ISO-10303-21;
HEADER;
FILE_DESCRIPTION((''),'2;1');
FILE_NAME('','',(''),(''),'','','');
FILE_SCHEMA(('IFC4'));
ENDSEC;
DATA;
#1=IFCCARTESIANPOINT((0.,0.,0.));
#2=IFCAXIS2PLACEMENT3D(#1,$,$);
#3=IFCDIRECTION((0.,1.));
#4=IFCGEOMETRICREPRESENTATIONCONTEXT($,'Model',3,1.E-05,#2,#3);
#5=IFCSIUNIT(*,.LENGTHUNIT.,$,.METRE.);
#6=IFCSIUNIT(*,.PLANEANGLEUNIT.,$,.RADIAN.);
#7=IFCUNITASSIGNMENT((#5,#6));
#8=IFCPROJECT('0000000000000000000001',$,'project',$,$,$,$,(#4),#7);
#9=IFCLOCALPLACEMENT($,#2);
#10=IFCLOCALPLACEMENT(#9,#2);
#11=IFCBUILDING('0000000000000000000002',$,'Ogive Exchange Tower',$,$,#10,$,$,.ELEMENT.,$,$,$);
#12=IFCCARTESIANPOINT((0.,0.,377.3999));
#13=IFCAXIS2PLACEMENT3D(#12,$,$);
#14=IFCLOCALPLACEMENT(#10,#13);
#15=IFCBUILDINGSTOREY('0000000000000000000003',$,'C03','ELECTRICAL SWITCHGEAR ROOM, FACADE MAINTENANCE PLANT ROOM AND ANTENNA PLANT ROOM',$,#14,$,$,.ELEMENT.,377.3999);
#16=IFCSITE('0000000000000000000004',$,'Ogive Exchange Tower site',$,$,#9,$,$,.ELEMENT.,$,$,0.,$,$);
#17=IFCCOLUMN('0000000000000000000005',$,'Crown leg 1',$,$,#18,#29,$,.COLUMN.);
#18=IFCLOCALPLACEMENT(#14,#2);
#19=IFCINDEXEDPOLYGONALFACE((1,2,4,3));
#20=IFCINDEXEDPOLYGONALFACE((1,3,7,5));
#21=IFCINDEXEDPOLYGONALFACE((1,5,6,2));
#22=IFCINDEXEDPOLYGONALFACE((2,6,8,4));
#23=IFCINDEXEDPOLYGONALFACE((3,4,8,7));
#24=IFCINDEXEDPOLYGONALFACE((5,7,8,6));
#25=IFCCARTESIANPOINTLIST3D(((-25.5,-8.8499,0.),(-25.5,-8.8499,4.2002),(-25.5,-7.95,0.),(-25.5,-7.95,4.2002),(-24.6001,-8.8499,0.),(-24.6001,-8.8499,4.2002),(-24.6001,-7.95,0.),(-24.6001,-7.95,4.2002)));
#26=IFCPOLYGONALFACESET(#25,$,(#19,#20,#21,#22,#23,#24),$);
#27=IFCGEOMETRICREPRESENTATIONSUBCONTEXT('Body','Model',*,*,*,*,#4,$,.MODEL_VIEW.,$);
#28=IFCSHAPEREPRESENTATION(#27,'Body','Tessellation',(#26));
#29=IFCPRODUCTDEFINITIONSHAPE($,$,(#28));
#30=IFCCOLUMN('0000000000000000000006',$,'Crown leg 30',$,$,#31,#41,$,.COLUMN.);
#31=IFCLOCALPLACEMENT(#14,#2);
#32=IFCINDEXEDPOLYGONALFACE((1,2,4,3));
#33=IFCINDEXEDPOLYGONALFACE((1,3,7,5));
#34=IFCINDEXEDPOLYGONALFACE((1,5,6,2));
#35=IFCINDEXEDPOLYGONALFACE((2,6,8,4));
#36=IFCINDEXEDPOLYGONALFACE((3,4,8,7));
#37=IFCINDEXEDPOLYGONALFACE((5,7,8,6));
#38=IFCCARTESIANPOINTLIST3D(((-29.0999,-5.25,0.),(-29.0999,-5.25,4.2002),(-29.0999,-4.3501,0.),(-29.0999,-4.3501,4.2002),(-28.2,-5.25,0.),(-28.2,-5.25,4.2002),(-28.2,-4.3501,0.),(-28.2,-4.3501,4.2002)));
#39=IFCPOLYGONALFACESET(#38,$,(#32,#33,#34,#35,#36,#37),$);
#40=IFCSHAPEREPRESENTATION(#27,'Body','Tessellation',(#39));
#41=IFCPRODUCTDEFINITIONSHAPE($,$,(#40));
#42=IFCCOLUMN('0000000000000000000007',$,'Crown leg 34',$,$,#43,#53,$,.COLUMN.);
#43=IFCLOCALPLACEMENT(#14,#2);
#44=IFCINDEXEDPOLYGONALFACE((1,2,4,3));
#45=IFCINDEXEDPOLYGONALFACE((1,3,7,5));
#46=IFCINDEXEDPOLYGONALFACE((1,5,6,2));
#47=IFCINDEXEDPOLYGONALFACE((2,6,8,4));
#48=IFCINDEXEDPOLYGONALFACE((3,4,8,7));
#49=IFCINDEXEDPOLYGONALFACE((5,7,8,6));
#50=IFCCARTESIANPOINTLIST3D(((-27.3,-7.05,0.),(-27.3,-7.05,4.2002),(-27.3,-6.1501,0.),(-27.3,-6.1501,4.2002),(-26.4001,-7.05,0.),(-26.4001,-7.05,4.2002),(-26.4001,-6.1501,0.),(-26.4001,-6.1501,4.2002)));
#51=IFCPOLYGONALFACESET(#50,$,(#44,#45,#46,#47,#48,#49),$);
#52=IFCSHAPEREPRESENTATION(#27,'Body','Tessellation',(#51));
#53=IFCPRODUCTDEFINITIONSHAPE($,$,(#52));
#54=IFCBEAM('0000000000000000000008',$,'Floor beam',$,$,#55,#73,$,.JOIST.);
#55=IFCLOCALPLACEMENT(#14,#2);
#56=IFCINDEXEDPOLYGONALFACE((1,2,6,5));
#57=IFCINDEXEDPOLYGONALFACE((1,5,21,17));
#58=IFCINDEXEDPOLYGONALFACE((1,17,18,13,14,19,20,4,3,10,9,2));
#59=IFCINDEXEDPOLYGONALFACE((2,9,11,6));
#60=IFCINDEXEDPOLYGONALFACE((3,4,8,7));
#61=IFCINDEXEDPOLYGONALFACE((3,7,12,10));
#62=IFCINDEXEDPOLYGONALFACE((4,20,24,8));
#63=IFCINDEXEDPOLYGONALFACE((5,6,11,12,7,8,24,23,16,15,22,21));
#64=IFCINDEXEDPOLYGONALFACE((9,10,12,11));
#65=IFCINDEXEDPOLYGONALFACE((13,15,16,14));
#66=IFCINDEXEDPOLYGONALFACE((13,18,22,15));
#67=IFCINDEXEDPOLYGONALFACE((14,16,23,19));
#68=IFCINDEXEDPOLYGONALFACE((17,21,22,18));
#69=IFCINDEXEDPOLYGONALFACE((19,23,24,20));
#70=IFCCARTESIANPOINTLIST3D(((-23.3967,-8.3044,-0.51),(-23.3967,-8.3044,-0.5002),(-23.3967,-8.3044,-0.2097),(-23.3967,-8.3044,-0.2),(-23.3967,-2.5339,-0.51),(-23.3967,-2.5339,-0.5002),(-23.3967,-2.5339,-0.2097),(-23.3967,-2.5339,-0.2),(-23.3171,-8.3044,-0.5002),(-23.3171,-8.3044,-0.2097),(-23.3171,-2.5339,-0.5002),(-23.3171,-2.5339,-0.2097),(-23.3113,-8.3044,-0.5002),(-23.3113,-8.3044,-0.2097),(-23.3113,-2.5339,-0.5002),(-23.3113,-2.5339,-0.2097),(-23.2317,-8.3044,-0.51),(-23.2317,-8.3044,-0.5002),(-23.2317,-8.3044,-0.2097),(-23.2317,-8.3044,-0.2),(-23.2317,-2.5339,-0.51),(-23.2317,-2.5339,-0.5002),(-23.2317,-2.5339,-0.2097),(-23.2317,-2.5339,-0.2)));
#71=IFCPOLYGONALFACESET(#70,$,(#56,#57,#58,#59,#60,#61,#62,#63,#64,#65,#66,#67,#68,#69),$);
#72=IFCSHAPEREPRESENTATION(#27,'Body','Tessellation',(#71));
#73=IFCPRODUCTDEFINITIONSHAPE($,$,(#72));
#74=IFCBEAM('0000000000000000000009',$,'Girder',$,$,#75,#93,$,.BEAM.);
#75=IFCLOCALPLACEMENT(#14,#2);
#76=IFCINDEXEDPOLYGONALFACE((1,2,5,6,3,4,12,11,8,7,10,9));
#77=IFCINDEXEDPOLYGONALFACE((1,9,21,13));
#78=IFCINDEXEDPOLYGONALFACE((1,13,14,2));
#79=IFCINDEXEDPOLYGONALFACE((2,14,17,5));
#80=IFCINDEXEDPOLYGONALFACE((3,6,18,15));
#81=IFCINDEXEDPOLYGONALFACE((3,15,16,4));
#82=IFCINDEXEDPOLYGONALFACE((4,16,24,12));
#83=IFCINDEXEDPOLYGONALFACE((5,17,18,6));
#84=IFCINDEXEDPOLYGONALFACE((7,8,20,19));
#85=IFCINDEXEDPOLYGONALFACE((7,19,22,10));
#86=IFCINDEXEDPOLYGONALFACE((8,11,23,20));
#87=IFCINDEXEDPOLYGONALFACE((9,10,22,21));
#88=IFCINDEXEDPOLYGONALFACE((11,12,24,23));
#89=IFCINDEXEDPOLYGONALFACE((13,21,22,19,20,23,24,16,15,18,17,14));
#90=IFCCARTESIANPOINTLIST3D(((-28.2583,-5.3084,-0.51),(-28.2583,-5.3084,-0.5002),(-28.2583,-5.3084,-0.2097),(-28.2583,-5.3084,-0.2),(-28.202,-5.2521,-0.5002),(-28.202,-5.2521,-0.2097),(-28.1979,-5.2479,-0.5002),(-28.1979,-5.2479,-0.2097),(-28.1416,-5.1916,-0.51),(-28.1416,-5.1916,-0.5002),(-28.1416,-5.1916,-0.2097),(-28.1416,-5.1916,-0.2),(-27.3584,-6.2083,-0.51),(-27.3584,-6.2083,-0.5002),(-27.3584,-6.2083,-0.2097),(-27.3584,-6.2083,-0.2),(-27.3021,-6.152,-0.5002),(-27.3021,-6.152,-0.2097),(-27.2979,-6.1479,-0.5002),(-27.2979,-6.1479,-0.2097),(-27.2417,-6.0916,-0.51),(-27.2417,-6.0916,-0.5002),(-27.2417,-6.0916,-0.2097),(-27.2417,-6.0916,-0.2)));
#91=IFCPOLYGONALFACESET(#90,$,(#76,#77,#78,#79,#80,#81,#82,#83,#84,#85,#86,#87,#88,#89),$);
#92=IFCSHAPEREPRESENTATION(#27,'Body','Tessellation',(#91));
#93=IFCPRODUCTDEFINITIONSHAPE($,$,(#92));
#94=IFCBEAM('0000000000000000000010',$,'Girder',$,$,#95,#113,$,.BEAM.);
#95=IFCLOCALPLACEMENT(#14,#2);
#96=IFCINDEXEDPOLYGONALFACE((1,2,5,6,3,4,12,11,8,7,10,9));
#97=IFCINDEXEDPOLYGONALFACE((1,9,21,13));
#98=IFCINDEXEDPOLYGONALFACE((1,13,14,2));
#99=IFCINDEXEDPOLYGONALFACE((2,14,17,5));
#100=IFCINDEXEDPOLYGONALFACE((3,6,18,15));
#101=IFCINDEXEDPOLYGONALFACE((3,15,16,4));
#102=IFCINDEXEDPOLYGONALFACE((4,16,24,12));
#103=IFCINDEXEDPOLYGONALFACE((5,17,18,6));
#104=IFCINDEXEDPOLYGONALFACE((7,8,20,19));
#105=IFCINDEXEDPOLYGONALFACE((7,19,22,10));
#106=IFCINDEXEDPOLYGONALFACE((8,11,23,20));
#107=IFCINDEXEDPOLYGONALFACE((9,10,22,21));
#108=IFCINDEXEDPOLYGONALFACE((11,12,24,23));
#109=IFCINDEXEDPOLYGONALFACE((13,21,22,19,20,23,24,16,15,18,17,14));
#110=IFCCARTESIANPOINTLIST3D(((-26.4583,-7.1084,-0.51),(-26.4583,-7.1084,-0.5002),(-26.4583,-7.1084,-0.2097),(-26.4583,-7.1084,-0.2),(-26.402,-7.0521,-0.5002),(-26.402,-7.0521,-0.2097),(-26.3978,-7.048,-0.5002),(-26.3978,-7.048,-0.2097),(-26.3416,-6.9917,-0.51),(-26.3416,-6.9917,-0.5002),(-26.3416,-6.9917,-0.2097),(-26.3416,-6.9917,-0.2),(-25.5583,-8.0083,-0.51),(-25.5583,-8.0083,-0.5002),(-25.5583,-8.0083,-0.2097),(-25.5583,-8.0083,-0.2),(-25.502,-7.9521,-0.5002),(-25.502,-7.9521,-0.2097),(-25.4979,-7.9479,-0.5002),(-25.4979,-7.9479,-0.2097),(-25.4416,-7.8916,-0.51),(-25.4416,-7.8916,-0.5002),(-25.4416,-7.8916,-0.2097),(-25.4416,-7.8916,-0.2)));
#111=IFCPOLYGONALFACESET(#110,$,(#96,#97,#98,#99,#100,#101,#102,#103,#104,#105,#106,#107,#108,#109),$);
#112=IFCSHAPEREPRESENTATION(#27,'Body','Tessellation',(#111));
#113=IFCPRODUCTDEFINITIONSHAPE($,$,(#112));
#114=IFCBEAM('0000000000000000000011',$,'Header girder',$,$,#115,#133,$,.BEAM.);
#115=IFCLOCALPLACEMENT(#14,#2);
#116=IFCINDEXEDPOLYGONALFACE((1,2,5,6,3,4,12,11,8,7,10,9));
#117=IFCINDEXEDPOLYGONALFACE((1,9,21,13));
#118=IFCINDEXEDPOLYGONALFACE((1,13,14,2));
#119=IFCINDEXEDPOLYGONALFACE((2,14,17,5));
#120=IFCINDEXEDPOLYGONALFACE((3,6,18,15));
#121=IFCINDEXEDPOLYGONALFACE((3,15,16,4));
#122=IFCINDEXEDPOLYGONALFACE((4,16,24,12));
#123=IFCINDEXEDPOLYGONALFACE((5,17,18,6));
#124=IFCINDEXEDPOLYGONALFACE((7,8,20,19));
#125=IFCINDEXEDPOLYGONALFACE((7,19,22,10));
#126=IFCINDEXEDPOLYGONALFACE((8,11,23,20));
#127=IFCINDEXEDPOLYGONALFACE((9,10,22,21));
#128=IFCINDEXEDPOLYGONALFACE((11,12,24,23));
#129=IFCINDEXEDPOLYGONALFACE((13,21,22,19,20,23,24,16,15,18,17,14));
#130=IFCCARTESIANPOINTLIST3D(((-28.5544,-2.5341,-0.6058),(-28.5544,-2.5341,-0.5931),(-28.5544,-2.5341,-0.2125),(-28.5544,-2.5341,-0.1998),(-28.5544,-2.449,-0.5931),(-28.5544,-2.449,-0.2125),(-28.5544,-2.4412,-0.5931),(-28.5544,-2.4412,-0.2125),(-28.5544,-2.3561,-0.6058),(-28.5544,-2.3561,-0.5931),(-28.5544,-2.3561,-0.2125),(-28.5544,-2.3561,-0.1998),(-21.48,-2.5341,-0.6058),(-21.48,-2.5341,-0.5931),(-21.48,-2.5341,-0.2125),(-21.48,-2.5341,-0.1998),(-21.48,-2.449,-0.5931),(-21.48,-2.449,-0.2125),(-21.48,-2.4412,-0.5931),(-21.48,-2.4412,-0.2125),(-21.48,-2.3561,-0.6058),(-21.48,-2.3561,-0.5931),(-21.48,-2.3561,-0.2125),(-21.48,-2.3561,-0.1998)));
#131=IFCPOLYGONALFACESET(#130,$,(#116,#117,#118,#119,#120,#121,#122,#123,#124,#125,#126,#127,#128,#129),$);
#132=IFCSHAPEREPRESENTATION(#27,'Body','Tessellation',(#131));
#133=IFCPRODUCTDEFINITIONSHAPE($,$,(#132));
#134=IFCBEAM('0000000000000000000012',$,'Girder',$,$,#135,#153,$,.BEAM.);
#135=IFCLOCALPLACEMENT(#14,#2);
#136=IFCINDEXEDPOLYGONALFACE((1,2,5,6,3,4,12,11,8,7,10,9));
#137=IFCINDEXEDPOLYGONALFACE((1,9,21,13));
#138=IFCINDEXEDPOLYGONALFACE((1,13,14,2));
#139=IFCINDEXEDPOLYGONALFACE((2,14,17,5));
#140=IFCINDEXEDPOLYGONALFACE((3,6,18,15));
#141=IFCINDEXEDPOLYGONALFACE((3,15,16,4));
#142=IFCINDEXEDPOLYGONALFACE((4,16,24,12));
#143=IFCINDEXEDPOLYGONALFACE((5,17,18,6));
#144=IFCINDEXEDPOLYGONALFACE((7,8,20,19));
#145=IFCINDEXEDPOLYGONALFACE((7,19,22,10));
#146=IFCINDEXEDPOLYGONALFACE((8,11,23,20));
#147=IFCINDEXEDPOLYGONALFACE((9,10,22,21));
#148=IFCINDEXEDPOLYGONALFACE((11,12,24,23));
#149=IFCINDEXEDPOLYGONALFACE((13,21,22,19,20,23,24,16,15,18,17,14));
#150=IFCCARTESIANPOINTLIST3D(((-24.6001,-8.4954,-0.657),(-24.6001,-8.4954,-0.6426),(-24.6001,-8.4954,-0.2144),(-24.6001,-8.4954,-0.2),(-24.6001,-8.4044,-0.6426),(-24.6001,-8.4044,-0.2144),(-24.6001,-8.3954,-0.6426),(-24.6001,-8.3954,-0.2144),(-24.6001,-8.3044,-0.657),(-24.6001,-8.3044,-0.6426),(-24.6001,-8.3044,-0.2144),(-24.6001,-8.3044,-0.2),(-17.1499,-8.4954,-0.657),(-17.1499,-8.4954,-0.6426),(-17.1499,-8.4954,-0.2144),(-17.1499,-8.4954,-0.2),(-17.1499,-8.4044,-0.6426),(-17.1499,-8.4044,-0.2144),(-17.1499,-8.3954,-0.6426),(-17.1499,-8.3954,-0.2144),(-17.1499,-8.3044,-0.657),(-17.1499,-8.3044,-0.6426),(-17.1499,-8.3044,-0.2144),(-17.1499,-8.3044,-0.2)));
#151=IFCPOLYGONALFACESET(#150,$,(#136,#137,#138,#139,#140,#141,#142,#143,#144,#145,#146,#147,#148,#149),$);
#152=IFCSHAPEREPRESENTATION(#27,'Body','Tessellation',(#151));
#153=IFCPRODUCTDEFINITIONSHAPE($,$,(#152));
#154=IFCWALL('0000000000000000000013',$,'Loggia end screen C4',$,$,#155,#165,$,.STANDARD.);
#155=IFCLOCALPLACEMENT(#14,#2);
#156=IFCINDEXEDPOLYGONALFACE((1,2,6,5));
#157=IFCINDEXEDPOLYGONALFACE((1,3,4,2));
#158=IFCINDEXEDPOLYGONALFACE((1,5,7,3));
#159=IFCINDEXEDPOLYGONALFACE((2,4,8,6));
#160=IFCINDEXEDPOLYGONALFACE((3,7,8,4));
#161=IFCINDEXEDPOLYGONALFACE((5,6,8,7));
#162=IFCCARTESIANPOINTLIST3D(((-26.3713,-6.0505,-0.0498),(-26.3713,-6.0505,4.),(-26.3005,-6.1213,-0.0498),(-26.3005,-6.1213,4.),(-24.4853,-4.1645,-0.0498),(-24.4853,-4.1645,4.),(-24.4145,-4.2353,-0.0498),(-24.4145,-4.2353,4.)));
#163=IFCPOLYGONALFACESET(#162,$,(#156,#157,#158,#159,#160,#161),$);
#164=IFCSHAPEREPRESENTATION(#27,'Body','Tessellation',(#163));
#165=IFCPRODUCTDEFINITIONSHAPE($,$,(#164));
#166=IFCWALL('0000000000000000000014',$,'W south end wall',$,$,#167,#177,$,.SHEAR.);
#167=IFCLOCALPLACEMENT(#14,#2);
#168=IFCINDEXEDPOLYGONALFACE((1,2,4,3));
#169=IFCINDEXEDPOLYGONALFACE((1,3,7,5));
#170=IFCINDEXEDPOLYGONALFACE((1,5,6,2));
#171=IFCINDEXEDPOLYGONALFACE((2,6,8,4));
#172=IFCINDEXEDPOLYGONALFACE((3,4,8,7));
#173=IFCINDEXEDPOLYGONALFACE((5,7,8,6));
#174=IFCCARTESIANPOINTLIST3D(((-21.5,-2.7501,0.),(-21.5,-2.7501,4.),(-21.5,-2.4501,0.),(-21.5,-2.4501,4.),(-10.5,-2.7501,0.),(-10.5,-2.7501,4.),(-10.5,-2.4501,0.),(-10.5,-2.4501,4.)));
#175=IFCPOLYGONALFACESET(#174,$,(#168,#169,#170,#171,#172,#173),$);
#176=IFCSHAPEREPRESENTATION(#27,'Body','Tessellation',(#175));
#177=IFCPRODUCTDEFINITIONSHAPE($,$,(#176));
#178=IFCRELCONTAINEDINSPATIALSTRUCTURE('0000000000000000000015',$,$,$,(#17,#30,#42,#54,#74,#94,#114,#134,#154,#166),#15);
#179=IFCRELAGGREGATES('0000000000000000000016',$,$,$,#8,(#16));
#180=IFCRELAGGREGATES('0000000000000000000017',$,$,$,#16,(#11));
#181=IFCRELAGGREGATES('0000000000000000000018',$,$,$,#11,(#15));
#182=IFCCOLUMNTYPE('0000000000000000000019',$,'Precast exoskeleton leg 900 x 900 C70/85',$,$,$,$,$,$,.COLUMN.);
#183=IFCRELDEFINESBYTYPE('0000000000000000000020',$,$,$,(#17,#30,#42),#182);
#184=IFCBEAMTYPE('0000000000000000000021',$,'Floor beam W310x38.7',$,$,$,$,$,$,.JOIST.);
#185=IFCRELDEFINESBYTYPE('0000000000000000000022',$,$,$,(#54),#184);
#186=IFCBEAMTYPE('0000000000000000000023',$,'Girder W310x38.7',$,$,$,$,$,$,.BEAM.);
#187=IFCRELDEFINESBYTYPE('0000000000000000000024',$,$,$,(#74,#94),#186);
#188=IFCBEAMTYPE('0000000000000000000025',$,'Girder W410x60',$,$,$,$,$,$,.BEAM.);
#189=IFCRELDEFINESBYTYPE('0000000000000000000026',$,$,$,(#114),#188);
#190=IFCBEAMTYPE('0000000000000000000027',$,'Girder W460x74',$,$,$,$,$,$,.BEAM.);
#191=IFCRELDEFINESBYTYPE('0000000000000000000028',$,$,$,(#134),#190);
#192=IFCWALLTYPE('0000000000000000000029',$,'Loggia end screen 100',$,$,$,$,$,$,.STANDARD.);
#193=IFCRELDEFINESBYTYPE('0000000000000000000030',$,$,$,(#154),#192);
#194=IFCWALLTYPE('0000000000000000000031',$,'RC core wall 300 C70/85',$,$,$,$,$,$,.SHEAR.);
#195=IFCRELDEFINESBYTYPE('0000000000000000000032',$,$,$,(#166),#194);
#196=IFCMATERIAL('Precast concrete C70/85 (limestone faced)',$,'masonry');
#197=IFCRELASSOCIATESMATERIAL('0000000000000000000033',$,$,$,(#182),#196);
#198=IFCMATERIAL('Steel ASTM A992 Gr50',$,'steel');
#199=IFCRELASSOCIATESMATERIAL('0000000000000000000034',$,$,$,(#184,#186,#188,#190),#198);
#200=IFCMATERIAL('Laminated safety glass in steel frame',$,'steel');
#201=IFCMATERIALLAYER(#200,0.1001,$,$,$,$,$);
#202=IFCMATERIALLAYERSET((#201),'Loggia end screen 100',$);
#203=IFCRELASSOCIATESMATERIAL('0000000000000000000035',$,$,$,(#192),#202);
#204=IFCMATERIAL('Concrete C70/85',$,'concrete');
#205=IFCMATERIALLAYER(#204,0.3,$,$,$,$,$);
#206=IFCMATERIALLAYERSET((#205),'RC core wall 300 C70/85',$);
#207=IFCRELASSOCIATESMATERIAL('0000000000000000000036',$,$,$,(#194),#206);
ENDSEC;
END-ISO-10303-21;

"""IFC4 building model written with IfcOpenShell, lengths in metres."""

from ifc_helpers import new_model, si_unit, direction, frame, frame_2d, origin, origin_2d, place, context, subcontext, project, spatial, rectangle, i_section, extrude, material, layer, layer_set, material_profile, profile_set, type_object, element, save


model = new_model("IFC4")

# Units and contexts
model_context = context("Model", 3, precision=1e-05, world=origin(), true_north=direction((0.0, 1.0)))
body_context = subcontext(model_context, "Body", "Model", "MODEL_VIEW")
ifc_project = project(units=[si_unit("LENGTHUNIT", "METRE"), si_unit("PLANEANGLEUNIT", "RADIAN")], contexts=[model_context])

# Site, building, storey
site_placement = place(None, origin())
site = spatial("IfcSite", under=ifc_project, at=site_placement, Name="Ogive Exchange Tower site", CompositionType="ELEMENT", RefElevation=0.0)
building_placement = place(site_placement, origin())
building = spatial("IfcBuilding", under=site, at=building_placement, Name="Ogive Exchange Tower", CompositionType="ELEMENT")
storey_placement = place(building_placement, frame((0.0, 0.0, 377.3999)))
storey = spatial("IfcBuildingStorey", under=building, at=storey_placement, Name="C03", Description="ELECTRICAL SWITCHGEAR ROOM, FACADE MAINTENANCE PLANT ROOM AND ANTENNA PLANT ROOM", CompositionType="ELEMENT", Elevation=377.3999)

# Columns
ifc_material_1 = material(Name="Precast concrete C70/85 (limestone faced)", Category="masonry")
ifc_material_profile_1 = material_profile(ifc_material_1, rectangle(XDim=0.8999, YDim=0.8999, at=origin_2d()), Name="900 x 900")
ifc_profile_set_1 = profile_set([ifc_material_profile_1], Name="Precast concrete C70/85 (limestone faced)")
column_type = type_object("IfcColumnType", Name="Precast exoskeleton leg 900 x 900 C70/85", PredefinedType="COLUMN", material=ifc_profile_set_1)
for number, where, z_axis, x_axis, name in (
    (1, (-25.05, -8.3999, 0.0), (0.0, 0.0, 1.0), (1.0, 0.0, 0.0), "Crown leg 1"),
    (2, (-28.6499, -4.8, 0.0), (0.0, 0.0, 1.0), (1.0, 0.0, 0.0), "Crown leg 30"),
    (3, (-26.8501, -6.6001, 0.0), (0.0, 0.0, 1.0), (1.0, 0.0, 0.0), "Crown leg 34"),
):
    element("IfcColumn", number, at=place(storey_placement, frame(where, z_axis=z_axis, x_axis=x_axis)), inside=storey, type_object=column_type, Name=name, PredefinedType="COLUMN", context=body_context, shape_type="SweptSolid", body=[
        extrude(rectangle(XDim=0.8999, YDim=0.8999, at=origin_2d()), origin(), (0.0, 0.0, 1.0), 4.2002),
    ])

# Beams
ifc_material_2 = material(Name="Steel ASTM A992 Gr50", Category="steel")
ifc_material_profile_2 = material_profile(ifc_material_2, i_section(OverallWidth=0.165, OverallDepth=0.3101, WebThickness=0.0059, FlangeThickness=0.0098, at=origin_2d()), Name="W310x38.7")
ifc_profile_set_2 = profile_set([ifc_material_profile_2], Name="Steel ASTM A992 Gr50")
beam_type_1 = type_object("IfcBeamType", Name="Floor beam W310x38.7", PredefinedType="JOIST", material=ifc_profile_set_2)
beam_1_placement = place(storey_placement, frame((-23.3142, -8.3044, -0.355), z_axis=(0.0, 1.0, 0.0), x_axis=(-1.0, 0.0, 0.0)))
element("IfcBeam", 4, at=beam_1_placement, inside=storey, type_object=beam_type_1, Name="Floor beam", PredefinedType="JOIST", context=body_context, shape_type="SweptSolid", body=[
    extrude(i_section(OverallWidth=0.165, OverallDepth=0.3101, WebThickness=0.0059, FlangeThickness=0.0098, at=origin_2d()), origin(), (0.0, 0.0, 1.0), 5.7705),
])
ifc_material_profile_3 = material_profile(ifc_material_2, i_section(OverallWidth=0.165, OverallDepth=0.3101, WebThickness=0.0059, FlangeThickness=0.0098, at=origin_2d()), Name="W310x38.7")
ifc_profile_set_3 = profile_set([ifc_material_profile_3], Name="Steel ASTM A992 Gr50")
beam_type_2 = type_object("IfcBeamType", Name="Girder W310x38.7", PredefinedType="BEAM", material=ifc_profile_set_3)
for number, where, z_axis, x_axis, name in (
    (5, (-28.2, -5.25, -0.355), (0.707107, -0.707107, 0.0), (0.707107, 0.707107, 0.0), "Girder"),
    (6, (-26.3999, -7.05, -0.355), (0.707107, -0.707107, 0.0), (0.707107, 0.707107, 0.0), "Girder"),
):
    element("IfcBeam", number, at=place(storey_placement, frame(where, z_axis=z_axis, x_axis=x_axis)), inside=storey, type_object=beam_type_2, Name=name, PredefinedType="BEAM", context=body_context, shape_type="SweptSolid", body=[
        extrude(i_section(OverallWidth=0.165, OverallDepth=0.3101, WebThickness=0.0059, FlangeThickness=0.0098, at=origin_2d()), origin(), (0.0, 0.0, 1.0), 1.2727),
    ])
ifc_material_profile_4 = material_profile(ifc_material_2, i_section(OverallWidth=0.178, OverallDepth=0.406, WebThickness=0.0078, FlangeThickness=0.0127, at=origin_2d()), Name="W410x60")
ifc_profile_set_4 = profile_set([ifc_material_profile_4], Name="Steel ASTM A992 Gr50")
beam_type_3 = type_object("IfcBeamType", Name="Girder W410x60", PredefinedType="BEAM", material=ifc_profile_set_4)
beam_2_placement = place(storey_placement, frame((-28.5544, -2.4451, -0.4028), z_axis=(1.0, 0.0, 0.0), x_axis=(0.0, 1.0, 0.0)))
element("IfcBeam", 7, at=beam_2_placement, inside=storey, type_object=beam_type_3, Name="Header girder", PredefinedType="BEAM", context=body_context, shape_type="SweptSolid", body=[
    extrude(i_section(OverallWidth=0.178, OverallDepth=0.406, WebThickness=0.0078, FlangeThickness=0.0127, at=origin_2d()), origin(), (0.0, 0.0, 1.0), 7.0745),
])
ifc_material_profile_5 = material_profile(ifc_material_2, i_section(OverallWidth=0.1909, OverallDepth=0.457, WebThickness=0.009, FlangeThickness=0.0144, at=origin_2d()), Name="W460x74")
ifc_profile_set_5 = profile_set([ifc_material_profile_5], Name="Steel ASTM A992 Gr50")
beam_type_4 = type_object("IfcBeamType", Name="Girder W460x74", PredefinedType="BEAM", material=ifc_profile_set_5)
beam_3_placement = place(storey_placement, frame((-24.6001, -8.3999, -0.4285), z_axis=(1.0, 0.0, 0.0), x_axis=(0.0, 1.0, 0.0)))
element("IfcBeam", 8, at=beam_3_placement, inside=storey, type_object=beam_type_4, Name="Girder", PredefinedType="BEAM", context=body_context, shape_type="SweptSolid", body=[
    extrude(i_section(OverallWidth=0.1909, OverallDepth=0.457, WebThickness=0.009, FlangeThickness=0.0144, at=origin_2d()), origin(), (0.0, 0.0, 1.0), 7.4502),
])

# Walls
ifc_material_3 = material(Name="Laminated safety glass in steel frame", Category="steel")
ifc_layer_1 = layer(ifc_material_3, 0.1001)
ifc_layer_set_1 = layer_set([ifc_layer_1], Name="Loggia end screen 100")
wall_type_1 = type_object("IfcWallType", Name="Loggia end screen 100", PredefinedType="STANDARD", material=ifc_layer_set_1)
wall_1_placement = place(storey_placement, frame((-24.45, -4.2, -0.0498), z_axis=(0.0, 0.0, 1.0), x_axis=(-0.707107, -0.707107, 0.0)))
element("IfcWall", 9, at=wall_1_placement, inside=storey, type_object=wall_type_1, Name="Loggia end screen C4", PredefinedType="STANDARD", context=body_context, shape_type="SweptSolid", body=[
    extrude(rectangle(XDim=2.6672, YDim=0.1001, at=frame_2d((1.3335, 0.0))), origin(), (0.0, 0.0, 1.0), 4.0498),
])
ifc_material_4 = material(Name="Concrete C70/85", Category="concrete")
ifc_layer_2 = layer(ifc_material_4, 0.3)
ifc_layer_set_2 = layer_set([ifc_layer_2], Name="RC core wall 300 C70/85")
wall_type_2 = type_object("IfcWallType", Name="RC core wall 300 C70/85", PredefinedType="SHEAR", material=ifc_layer_set_2)
wall_2_placement = place(storey_placement, frame((-21.5, -2.6001, 0.0), z_axis=(0.0, 0.0, 1.0), x_axis=(1.0, 0.0, 0.0)))
element("IfcWall", 10, at=wall_2_placement, inside=storey, type_object=wall_type_2, Name="W south end wall", PredefinedType="SHEAR", context=body_context, shape_type="SweptSolid", body=[
    extrude(rectangle(XDim=11.0, YDim=0.3, at=frame_2d((5.5, 0.0))), origin(), (0.0, 0.0, 1.0), 4.0),
])

save(model, "model.ifc")
